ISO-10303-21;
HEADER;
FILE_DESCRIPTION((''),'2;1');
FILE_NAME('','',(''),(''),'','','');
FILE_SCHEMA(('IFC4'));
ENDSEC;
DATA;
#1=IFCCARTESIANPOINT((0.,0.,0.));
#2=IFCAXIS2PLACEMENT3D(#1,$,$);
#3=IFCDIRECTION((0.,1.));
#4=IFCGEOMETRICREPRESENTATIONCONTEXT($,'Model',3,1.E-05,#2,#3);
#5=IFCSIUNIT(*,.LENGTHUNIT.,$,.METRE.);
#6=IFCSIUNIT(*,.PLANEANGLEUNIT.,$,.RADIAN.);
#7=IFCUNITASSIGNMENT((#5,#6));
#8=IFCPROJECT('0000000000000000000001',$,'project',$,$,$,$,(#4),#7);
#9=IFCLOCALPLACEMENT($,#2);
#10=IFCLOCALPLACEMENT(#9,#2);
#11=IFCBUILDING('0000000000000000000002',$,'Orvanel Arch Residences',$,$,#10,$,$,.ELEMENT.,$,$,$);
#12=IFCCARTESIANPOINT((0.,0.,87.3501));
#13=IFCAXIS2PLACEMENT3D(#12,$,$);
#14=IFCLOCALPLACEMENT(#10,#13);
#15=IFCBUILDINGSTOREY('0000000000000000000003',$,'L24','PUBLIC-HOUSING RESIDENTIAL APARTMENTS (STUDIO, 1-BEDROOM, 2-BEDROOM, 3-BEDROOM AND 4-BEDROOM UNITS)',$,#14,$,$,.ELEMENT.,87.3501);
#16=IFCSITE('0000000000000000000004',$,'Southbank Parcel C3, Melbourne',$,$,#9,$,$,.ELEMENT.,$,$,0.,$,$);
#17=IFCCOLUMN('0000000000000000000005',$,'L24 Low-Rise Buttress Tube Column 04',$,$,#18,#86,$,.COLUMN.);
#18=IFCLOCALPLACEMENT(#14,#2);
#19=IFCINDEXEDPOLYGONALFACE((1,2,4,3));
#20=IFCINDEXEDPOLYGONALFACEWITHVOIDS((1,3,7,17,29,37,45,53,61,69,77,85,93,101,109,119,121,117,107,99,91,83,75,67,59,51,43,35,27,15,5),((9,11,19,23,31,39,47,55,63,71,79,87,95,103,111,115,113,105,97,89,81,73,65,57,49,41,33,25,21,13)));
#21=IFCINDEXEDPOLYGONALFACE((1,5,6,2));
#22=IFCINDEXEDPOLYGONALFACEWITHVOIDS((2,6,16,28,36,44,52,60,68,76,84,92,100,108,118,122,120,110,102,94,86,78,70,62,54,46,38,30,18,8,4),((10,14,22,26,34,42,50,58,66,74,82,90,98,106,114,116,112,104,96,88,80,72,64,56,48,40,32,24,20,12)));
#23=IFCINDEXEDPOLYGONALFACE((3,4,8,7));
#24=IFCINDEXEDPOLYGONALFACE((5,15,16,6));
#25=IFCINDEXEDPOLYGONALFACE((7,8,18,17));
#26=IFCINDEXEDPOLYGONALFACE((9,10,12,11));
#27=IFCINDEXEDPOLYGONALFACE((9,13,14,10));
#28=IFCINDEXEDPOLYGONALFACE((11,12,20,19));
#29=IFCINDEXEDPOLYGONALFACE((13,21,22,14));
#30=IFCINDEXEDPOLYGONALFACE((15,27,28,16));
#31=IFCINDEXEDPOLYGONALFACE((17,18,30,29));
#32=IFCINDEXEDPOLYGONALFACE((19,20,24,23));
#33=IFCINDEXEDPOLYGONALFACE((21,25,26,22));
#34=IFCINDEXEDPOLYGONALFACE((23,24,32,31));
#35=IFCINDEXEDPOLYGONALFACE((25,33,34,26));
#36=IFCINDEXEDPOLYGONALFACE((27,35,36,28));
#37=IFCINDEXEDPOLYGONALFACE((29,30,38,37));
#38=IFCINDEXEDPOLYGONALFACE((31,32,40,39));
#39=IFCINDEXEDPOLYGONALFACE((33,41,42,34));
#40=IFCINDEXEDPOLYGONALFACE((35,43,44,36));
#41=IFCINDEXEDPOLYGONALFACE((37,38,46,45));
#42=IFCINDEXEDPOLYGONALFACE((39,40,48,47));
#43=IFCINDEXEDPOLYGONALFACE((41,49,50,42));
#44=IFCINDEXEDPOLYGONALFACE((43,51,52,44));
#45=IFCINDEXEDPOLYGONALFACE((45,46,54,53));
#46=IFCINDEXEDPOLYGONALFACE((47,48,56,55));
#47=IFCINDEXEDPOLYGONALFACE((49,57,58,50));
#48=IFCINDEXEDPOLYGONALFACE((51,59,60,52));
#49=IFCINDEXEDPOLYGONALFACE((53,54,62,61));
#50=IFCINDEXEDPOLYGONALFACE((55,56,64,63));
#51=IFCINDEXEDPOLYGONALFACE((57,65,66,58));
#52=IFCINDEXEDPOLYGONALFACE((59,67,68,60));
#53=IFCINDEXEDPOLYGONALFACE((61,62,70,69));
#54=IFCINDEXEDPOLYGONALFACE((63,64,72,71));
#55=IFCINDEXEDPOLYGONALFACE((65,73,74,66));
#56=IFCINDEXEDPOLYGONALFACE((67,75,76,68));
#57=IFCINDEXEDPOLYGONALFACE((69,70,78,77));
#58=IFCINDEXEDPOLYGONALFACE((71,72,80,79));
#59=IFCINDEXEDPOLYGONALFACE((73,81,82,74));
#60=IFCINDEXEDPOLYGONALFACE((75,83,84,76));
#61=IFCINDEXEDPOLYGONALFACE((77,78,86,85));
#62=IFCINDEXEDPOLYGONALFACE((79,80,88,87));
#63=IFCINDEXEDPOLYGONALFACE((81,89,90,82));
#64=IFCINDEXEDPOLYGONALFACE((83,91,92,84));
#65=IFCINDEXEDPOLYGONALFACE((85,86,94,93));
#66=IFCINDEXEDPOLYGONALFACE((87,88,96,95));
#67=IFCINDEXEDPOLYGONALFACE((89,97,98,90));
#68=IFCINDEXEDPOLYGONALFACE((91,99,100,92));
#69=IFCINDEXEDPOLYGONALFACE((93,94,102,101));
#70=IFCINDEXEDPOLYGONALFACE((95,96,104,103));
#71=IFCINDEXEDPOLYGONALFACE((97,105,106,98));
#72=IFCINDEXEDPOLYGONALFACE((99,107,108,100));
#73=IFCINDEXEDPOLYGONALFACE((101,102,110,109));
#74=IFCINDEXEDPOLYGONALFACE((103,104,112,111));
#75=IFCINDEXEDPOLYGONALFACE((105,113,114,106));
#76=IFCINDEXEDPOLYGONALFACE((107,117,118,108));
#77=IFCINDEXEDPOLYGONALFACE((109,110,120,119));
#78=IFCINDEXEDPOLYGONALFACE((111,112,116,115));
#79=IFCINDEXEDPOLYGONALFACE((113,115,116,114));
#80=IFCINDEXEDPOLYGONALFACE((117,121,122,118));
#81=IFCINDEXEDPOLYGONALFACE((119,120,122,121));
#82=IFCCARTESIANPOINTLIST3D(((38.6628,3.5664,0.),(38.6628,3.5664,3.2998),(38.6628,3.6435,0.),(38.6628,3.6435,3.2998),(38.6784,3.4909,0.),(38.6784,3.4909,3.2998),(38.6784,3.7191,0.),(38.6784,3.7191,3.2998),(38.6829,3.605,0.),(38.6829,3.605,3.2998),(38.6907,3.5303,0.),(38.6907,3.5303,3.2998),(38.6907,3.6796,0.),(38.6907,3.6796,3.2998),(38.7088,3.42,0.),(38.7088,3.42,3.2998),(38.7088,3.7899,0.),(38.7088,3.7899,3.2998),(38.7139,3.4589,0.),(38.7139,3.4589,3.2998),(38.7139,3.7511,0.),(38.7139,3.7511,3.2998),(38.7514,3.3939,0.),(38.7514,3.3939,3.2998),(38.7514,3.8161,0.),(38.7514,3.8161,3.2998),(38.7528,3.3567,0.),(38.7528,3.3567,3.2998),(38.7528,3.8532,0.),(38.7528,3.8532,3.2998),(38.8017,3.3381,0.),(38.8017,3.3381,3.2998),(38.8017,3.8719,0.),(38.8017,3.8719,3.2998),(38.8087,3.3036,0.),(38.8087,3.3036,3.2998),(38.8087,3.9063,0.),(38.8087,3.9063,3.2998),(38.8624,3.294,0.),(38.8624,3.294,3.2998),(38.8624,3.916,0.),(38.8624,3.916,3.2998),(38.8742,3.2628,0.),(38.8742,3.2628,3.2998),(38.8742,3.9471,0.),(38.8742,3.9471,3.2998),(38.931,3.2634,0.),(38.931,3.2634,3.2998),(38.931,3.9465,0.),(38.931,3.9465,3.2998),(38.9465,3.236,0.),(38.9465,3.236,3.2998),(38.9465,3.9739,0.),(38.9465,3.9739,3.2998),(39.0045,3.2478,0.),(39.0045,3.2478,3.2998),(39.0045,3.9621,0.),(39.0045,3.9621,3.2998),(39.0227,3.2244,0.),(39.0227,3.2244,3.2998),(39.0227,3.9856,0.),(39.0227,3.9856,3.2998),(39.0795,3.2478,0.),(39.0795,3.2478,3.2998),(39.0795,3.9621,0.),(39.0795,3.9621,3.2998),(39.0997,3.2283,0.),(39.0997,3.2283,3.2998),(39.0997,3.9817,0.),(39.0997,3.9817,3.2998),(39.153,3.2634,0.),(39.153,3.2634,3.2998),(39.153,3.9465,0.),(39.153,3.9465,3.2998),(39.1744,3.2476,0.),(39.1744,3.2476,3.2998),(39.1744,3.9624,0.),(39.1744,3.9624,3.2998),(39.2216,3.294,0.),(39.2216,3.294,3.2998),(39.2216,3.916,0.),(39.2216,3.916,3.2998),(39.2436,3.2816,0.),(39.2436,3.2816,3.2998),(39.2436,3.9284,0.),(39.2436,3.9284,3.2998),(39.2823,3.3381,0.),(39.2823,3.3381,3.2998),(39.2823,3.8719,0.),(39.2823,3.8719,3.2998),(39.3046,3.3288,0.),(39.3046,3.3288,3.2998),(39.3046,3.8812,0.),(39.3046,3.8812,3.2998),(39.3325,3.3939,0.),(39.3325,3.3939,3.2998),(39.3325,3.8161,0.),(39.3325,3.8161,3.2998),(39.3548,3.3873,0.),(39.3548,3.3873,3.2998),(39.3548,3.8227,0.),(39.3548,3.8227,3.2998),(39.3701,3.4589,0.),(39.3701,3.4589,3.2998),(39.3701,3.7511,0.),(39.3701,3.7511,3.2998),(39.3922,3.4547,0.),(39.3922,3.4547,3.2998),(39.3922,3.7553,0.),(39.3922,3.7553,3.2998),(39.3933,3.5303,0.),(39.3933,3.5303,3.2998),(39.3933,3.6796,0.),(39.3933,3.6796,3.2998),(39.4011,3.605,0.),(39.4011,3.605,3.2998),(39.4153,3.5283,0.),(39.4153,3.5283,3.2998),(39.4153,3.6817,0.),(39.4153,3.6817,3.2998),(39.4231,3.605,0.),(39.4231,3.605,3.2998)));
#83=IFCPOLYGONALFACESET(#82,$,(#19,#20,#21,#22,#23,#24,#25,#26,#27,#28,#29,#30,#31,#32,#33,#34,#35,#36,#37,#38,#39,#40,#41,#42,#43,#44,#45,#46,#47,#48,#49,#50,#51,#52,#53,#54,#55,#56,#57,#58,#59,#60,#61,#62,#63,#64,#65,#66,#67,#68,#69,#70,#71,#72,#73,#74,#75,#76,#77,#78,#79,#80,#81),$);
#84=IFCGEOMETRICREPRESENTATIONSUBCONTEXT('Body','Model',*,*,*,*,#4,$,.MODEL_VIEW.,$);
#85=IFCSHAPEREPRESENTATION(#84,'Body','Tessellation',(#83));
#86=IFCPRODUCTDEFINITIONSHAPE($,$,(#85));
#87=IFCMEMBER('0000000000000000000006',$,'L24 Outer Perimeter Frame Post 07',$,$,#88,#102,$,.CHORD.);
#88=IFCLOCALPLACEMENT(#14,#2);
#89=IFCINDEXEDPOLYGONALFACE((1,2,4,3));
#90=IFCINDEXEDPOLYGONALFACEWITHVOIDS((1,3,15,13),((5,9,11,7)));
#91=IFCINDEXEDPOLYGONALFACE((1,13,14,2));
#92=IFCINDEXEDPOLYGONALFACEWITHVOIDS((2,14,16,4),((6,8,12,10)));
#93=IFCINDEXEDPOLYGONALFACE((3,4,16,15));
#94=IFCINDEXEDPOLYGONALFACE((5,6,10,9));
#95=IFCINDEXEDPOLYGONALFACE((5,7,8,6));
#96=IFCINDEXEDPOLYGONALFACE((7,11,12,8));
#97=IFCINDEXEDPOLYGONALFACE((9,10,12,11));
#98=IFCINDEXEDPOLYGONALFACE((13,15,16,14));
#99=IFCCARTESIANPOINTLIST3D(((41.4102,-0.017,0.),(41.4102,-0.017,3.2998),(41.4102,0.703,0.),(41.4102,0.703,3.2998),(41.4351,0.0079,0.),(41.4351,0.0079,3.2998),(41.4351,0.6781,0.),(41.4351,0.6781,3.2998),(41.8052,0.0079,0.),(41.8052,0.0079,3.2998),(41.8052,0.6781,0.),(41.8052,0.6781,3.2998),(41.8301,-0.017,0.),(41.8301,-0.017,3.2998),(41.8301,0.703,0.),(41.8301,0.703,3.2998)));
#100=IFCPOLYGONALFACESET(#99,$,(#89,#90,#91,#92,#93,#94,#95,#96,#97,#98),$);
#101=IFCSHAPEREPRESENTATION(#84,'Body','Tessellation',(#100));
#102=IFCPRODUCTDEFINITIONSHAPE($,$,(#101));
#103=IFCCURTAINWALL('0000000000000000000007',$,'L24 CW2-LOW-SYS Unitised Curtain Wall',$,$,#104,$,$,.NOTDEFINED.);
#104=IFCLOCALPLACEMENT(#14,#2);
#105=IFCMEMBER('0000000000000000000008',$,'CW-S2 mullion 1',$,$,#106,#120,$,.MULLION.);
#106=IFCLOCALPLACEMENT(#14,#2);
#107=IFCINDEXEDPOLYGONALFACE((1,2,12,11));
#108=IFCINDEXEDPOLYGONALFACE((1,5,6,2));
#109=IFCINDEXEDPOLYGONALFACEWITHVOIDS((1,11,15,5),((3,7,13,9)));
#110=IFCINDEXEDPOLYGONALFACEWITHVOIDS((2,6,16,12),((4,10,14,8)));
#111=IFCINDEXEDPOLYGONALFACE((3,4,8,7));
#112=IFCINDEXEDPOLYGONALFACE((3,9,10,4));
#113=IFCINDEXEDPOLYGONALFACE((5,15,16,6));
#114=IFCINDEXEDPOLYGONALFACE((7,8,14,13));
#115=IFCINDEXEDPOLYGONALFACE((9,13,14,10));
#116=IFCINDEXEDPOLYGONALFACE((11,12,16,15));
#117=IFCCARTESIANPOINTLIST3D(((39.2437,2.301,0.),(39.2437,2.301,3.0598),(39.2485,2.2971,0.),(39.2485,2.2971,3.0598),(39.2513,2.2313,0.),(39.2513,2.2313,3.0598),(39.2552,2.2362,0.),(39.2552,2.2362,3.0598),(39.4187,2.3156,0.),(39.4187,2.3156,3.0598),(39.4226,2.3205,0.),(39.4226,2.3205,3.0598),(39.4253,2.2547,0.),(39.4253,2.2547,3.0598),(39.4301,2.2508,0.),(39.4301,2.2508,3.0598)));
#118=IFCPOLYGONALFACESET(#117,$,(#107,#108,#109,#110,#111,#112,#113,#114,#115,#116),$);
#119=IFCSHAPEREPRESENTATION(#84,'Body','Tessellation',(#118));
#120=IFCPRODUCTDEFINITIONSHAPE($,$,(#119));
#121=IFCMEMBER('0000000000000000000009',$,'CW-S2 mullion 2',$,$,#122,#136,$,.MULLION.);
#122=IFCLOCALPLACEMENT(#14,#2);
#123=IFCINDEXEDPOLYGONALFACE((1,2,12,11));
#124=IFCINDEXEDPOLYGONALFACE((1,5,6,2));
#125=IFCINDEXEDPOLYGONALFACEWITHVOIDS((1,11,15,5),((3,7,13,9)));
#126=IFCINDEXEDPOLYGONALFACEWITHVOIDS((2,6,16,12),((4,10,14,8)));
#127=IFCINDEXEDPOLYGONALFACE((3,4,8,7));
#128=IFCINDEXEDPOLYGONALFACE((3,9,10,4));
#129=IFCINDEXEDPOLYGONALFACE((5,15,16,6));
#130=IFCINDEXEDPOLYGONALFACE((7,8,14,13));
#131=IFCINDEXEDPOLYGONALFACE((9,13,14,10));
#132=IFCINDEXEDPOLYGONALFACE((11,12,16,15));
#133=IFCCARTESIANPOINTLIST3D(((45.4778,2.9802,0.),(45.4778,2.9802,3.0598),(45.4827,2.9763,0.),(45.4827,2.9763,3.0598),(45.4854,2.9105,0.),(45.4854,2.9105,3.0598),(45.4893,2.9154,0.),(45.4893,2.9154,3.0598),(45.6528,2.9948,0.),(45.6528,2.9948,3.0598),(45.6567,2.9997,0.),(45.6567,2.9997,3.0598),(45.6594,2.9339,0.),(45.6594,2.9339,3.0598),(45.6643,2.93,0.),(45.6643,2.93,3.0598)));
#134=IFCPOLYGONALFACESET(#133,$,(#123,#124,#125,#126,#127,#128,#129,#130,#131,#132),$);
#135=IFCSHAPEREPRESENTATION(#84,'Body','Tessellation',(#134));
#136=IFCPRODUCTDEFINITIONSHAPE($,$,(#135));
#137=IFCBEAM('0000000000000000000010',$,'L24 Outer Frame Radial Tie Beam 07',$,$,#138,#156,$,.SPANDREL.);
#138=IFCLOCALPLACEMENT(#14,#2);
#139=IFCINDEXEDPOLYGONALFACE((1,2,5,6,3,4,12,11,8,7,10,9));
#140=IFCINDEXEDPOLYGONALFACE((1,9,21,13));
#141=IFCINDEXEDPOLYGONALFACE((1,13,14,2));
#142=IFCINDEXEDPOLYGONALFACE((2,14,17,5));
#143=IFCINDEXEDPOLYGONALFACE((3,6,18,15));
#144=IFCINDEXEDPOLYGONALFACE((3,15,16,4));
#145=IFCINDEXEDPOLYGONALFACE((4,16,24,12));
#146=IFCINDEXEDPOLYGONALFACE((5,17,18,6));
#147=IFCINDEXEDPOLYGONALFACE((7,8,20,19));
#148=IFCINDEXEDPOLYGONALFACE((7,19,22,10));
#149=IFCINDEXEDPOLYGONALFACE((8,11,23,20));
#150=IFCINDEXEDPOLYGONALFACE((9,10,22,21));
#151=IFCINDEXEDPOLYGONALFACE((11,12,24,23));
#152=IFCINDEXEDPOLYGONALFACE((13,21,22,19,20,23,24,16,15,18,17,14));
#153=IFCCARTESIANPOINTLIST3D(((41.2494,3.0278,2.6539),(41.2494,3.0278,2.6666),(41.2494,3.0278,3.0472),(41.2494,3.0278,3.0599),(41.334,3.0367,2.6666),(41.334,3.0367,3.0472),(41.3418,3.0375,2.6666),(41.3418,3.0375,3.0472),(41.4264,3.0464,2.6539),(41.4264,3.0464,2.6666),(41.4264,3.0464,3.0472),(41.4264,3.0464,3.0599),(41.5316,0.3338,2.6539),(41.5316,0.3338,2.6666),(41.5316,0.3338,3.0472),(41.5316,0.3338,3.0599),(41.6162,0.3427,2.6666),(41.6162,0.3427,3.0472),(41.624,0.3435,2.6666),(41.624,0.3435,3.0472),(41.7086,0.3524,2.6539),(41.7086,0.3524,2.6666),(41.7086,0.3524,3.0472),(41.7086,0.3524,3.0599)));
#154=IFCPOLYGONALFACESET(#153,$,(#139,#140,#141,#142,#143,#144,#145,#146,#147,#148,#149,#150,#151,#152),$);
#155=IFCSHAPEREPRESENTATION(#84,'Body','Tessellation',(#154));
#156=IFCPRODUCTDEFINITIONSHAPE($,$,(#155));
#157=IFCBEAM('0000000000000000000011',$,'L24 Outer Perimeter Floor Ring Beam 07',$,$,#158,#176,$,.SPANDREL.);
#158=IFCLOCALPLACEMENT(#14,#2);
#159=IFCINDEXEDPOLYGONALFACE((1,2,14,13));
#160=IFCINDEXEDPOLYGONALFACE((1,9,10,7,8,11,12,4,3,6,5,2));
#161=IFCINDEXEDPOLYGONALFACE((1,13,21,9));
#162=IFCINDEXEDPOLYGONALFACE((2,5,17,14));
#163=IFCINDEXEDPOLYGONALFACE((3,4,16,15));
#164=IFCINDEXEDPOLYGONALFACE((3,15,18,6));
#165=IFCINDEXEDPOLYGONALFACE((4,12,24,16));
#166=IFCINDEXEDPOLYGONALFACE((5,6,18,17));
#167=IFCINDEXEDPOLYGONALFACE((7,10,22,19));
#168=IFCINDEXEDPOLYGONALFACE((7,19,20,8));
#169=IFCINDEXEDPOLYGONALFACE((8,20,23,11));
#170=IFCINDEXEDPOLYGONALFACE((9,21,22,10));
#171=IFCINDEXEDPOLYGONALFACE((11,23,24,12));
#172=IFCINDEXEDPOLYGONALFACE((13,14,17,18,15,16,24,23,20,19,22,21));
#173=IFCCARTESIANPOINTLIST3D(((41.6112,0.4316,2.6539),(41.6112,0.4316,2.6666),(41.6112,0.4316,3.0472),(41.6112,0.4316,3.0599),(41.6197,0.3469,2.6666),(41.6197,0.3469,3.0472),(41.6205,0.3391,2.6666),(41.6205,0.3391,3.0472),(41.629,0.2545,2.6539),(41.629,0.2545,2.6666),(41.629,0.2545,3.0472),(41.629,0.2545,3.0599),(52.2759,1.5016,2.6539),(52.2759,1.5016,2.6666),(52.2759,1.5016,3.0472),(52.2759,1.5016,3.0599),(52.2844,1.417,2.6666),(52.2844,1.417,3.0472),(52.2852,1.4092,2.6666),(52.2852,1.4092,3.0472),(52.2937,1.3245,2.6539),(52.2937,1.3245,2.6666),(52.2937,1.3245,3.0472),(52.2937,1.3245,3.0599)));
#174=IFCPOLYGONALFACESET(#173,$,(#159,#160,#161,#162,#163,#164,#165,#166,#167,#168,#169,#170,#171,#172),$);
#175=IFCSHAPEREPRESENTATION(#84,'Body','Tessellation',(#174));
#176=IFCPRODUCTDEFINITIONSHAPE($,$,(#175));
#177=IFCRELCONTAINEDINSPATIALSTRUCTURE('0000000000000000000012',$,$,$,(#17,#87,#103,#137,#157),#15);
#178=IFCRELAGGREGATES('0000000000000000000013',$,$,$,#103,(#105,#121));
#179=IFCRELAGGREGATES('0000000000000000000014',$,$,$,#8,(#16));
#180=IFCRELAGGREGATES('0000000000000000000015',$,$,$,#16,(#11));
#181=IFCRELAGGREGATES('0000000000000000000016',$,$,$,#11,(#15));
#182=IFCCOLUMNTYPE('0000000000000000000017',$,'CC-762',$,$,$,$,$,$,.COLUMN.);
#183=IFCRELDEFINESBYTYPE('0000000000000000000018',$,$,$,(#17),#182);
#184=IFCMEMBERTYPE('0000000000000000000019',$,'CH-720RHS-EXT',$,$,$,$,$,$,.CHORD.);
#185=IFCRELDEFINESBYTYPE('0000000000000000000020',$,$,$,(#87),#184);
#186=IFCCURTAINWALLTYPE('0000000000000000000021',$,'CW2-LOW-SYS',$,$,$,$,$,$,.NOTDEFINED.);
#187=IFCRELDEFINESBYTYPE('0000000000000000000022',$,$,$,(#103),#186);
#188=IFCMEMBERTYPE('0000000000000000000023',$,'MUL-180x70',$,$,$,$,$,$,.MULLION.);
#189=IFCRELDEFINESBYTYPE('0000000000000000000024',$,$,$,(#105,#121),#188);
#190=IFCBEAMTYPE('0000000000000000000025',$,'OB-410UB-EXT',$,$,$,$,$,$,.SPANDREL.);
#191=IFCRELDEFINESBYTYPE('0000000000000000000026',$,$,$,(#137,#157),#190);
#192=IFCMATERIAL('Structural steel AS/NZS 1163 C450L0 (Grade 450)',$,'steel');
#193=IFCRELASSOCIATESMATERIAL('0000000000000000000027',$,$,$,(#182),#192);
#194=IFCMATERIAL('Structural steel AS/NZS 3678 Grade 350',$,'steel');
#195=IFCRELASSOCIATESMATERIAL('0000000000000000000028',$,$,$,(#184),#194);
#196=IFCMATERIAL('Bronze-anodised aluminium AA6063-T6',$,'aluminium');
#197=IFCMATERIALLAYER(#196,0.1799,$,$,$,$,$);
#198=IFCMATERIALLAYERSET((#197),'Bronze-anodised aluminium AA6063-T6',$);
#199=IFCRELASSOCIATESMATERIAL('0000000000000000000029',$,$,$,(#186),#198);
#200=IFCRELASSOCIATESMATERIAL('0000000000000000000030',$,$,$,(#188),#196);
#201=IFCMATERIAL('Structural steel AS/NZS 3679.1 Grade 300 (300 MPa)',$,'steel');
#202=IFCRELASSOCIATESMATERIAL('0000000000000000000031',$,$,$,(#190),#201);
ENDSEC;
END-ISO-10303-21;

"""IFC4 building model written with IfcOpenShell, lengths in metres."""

from ifc_helpers import new_model, si_unit, direction, frame, origin, origin_2d, place, context, subcontext, project, spatial, hollow_rectangle, hollow_circle, i_section, extrude, material, layer, layer_set, material_profile, profile_set, type_object, element, aggregate, save


model = new_model("IFC4")

# Units and contexts
model_context = context("Model", 3, precision=1e-05, world=origin(), true_north=direction((0.0, 1.0)))
body_context = subcontext(model_context, "Body", "Model", "MODEL_VIEW")
ifc_project = project(units=[si_unit("LENGTHUNIT", "METRE"), si_unit("PLANEANGLEUNIT", "RADIAN")], contexts=[model_context])

# Site, building, storey
site_placement = place(None, origin())
site = spatial("IfcSite", under=ifc_project, at=site_placement, Name="Southbank Parcel C3, Melbourne", CompositionType="ELEMENT", RefElevation=0.0)
building_placement = place(site_placement, origin())
building = spatial("IfcBuilding", under=site, at=building_placement, Name="Orvanel Arch Residences", CompositionType="ELEMENT")
storey_placement = place(building_placement, frame((0.0, 0.0, 87.3501)))
storey = spatial("IfcBuildingStorey", under=building, at=storey_placement, Name="L24", Description="PUBLIC-HOUSING RESIDENTIAL APARTMENTS (STUDIO, 1-BEDROOM, 2-BEDROOM, 3-BEDROOM AND 4-BEDROOM UNITS)", CompositionType="ELEMENT", Elevation=87.3501)

# Column
ifc_material_1 = material(Name="Structural steel AS/NZS 1163 C450L0 (Grade 450)", Category="steel")
ifc_material_profile_1 = material_profile(ifc_material_1, hollow_circle(Radius=0.3811, WallThickness=0.022, at=origin_2d()), Name="CHS762x22")
ifc_profile_set_1 = profile_set([ifc_material_profile_1], Name="Structural steel AS/NZS 1163 C450L0 (Grade 450)")
column_type = type_object("IfcColumnType", Name="CC-762", PredefinedType="COLUMN", material=ifc_profile_set_1)
column_placement = place(storey_placement, frame((39.042, 3.605, 0.0), z_axis=(0.0, 0.0, 1.0), x_axis=(1.0, 0.0, 0.0)))
element("IfcColumn", 1, at=column_placement, inside=storey, type_object=column_type, Name="L24 Low-Rise Buttress Tube Column 04", PredefinedType="COLUMN", context=body_context, shape_type="SweptSolid", body=[
    extrude(hollow_circle(Radius=0.3811, WallThickness=0.022, at=origin_2d()), origin(), (0.0, 0.0, 1.0), 3.2998),
])

# Member
ifc_material_2 = material(Name="Structural steel AS/NZS 3678 Grade 350", Category="steel")
ifc_material_profile_2 = material_profile(ifc_material_2, hollow_rectangle(XDim=0.4199, YDim=0.72, WallThickness=0.0249, at=origin_2d()), Name="RHS720x420x25")
ifc_profile_set_2 = profile_set([ifc_material_profile_2], Name="Structural steel AS/NZS 3678 Grade 350")
member_type_1 = type_object("IfcMemberType", Name="CH-720RHS-EXT", PredefinedType="CHORD", material=ifc_profile_set_2)
member_1_placement = place(storey_placement, frame((41.6201, 0.343, 0.0), z_axis=(0.0, 0.0, 1.0), x_axis=(1.0, 0.0, 0.0)))
element("IfcMember", 2, at=member_1_placement, inside=storey, type_object=member_type_1, Name="L24 Outer Perimeter Frame Post 07", PredefinedType="CHORD", context=body_context, shape_type="SweptSolid", body=[
    extrude(hollow_rectangle(XDim=0.4199, YDim=0.72, WallThickness=0.0249, at=origin_2d()), origin(), (0.0, 0.0, 1.0), 3.2998),
])

# Curtain wall, members
ifc_material_3 = material(Name="Bronze-anodised aluminium AA6063-T6", Category="aluminium")
ifc_layer_1 = layer(ifc_material_3, 0.1799)
ifc_layer_set_1 = layer_set([ifc_layer_1], Name="Bronze-anodised aluminium AA6063-T6")
curtain_wall_type = type_object("IfcCurtainWallType", Name="CW2-LOW-SYS", PredefinedType="NOTDEFINED", material=ifc_layer_set_1)
curtain_wall_placement = place(storey_placement, origin())
curtain_wall = element("IfcCurtainWall", 3, at=curtain_wall_placement, inside=storey, type_object=curtain_wall_type, Name="L24 CW2-LOW-SYS Unitised Curtain Wall", PredefinedType="NOTDEFINED")
ifc_material_profile_3 = material_profile(ifc_material_3, hollow_rectangle(XDim=0.0701, YDim=0.1799, WallThickness=0.0044, at=origin_2d()), Name="ALU180x70x4.5")
ifc_profile_set_3 = profile_set([ifc_material_profile_3], Name="Bronze-anodised aluminium AA6063-T6")
member_type_2 = type_object("IfcMemberType", Name="MUL-180x70", PredefinedType="MULLION", material=ifc_profile_set_3)
member_2_placement = place(storey_placement, frame((39.3369, 2.2759, 0.0), z_axis=(0.0, 0.0, 1.0), x_axis=(-0.108308, 0.994117, 0.0)))
member_2 = element("IfcMember", 4, at=member_2_placement, type_object=member_type_2, Name="CW-S2 mullion 1", PredefinedType="MULLION", context=body_context, shape_type="SweptSolid", body=[
    extrude(hollow_rectangle(XDim=0.0701, YDim=0.1799, WallThickness=0.0044, at=origin_2d()), origin(), (0.0, 0.0, 1.0), 3.0598),
])
member_3_placement = place(storey_placement, frame((45.571, 2.9551, 0.0), z_axis=(0.0, 0.0, 1.0), x_axis=(-0.108308, 0.994117, 0.0)))
member_3 = element("IfcMember", 5, at=member_3_placement, type_object=member_type_2, Name="CW-S2 mullion 2", PredefinedType="MULLION", context=body_context, shape_type="SweptSolid", body=[
    extrude(hollow_rectangle(XDim=0.0701, YDim=0.1799, WallThickness=0.0044, at=origin_2d()), origin(), (0.0, 0.0, 1.0), 3.0598),
])

# Beams
ifc_material_4 = material(Name="Structural steel AS/NZS 3679.1 Grade 300 (300 MPa)", Category="steel")
ifc_material_profile_4 = material_profile(ifc_material_4, i_section(OverallWidth=0.178, OverallDepth=0.406, WebThickness=0.0078, FlangeThickness=0.0127, at=origin_2d()), Name="410UB59.7")
ifc_profile_set_4 = profile_set([ifc_material_profile_4], Name="Structural steel AS/NZS 3679.1 Grade 300 (300 MPa)")
beam_type_1 = type_object("IfcBeamType", Name="OB-410UB-EXT", PredefinedType="SPANDREL", material=ifc_profile_set_4)
beam_1_placement = place(storey_placement, frame((41.3379, 3.0371, 2.8569), z_axis=(0.104187, -0.994558, 0.0), x_axis=(0.994558, 0.104187, 0.0)))
element("IfcBeam", 6, at=beam_1_placement, inside=storey, type_object=beam_type_1, Name="L24 Outer Frame Radial Tie Beam 07", PredefinedType="SPANDREL", context=body_context, shape_type="SweptSolid", body=[
    extrude(i_section(OverallWidth=0.178, OverallDepth=0.406, WebThickness=0.0078, FlangeThickness=0.0127, at=origin_2d()), origin(), (0.0, 0.0, 1.0), 2.7087),
])
beam_2_placement = place(storey_placement, frame((41.6201, 0.343, 2.8569), z_axis=(0.995004, 0.099835, 0.0), x_axis=(-0.099835, 0.995004, 0.0)))
element("IfcBeam", 7, at=beam_2_placement, inside=storey, type_object=beam_type_1, Name="L24 Outer Perimeter Floor Ring Beam 07", PredefinedType="SPANDREL", context=body_context, shape_type="SweptSolid", body=[
    extrude(i_section(OverallWidth=0.178, OverallDepth=0.406, WebThickness=0.0078, FlangeThickness=0.0127, at=origin_2d()), origin(), (0.0, 0.0, 1.0), 10.7183),
])

aggregate(curtain_wall, [member_2, member_3])

save(model, "model.ifc")
